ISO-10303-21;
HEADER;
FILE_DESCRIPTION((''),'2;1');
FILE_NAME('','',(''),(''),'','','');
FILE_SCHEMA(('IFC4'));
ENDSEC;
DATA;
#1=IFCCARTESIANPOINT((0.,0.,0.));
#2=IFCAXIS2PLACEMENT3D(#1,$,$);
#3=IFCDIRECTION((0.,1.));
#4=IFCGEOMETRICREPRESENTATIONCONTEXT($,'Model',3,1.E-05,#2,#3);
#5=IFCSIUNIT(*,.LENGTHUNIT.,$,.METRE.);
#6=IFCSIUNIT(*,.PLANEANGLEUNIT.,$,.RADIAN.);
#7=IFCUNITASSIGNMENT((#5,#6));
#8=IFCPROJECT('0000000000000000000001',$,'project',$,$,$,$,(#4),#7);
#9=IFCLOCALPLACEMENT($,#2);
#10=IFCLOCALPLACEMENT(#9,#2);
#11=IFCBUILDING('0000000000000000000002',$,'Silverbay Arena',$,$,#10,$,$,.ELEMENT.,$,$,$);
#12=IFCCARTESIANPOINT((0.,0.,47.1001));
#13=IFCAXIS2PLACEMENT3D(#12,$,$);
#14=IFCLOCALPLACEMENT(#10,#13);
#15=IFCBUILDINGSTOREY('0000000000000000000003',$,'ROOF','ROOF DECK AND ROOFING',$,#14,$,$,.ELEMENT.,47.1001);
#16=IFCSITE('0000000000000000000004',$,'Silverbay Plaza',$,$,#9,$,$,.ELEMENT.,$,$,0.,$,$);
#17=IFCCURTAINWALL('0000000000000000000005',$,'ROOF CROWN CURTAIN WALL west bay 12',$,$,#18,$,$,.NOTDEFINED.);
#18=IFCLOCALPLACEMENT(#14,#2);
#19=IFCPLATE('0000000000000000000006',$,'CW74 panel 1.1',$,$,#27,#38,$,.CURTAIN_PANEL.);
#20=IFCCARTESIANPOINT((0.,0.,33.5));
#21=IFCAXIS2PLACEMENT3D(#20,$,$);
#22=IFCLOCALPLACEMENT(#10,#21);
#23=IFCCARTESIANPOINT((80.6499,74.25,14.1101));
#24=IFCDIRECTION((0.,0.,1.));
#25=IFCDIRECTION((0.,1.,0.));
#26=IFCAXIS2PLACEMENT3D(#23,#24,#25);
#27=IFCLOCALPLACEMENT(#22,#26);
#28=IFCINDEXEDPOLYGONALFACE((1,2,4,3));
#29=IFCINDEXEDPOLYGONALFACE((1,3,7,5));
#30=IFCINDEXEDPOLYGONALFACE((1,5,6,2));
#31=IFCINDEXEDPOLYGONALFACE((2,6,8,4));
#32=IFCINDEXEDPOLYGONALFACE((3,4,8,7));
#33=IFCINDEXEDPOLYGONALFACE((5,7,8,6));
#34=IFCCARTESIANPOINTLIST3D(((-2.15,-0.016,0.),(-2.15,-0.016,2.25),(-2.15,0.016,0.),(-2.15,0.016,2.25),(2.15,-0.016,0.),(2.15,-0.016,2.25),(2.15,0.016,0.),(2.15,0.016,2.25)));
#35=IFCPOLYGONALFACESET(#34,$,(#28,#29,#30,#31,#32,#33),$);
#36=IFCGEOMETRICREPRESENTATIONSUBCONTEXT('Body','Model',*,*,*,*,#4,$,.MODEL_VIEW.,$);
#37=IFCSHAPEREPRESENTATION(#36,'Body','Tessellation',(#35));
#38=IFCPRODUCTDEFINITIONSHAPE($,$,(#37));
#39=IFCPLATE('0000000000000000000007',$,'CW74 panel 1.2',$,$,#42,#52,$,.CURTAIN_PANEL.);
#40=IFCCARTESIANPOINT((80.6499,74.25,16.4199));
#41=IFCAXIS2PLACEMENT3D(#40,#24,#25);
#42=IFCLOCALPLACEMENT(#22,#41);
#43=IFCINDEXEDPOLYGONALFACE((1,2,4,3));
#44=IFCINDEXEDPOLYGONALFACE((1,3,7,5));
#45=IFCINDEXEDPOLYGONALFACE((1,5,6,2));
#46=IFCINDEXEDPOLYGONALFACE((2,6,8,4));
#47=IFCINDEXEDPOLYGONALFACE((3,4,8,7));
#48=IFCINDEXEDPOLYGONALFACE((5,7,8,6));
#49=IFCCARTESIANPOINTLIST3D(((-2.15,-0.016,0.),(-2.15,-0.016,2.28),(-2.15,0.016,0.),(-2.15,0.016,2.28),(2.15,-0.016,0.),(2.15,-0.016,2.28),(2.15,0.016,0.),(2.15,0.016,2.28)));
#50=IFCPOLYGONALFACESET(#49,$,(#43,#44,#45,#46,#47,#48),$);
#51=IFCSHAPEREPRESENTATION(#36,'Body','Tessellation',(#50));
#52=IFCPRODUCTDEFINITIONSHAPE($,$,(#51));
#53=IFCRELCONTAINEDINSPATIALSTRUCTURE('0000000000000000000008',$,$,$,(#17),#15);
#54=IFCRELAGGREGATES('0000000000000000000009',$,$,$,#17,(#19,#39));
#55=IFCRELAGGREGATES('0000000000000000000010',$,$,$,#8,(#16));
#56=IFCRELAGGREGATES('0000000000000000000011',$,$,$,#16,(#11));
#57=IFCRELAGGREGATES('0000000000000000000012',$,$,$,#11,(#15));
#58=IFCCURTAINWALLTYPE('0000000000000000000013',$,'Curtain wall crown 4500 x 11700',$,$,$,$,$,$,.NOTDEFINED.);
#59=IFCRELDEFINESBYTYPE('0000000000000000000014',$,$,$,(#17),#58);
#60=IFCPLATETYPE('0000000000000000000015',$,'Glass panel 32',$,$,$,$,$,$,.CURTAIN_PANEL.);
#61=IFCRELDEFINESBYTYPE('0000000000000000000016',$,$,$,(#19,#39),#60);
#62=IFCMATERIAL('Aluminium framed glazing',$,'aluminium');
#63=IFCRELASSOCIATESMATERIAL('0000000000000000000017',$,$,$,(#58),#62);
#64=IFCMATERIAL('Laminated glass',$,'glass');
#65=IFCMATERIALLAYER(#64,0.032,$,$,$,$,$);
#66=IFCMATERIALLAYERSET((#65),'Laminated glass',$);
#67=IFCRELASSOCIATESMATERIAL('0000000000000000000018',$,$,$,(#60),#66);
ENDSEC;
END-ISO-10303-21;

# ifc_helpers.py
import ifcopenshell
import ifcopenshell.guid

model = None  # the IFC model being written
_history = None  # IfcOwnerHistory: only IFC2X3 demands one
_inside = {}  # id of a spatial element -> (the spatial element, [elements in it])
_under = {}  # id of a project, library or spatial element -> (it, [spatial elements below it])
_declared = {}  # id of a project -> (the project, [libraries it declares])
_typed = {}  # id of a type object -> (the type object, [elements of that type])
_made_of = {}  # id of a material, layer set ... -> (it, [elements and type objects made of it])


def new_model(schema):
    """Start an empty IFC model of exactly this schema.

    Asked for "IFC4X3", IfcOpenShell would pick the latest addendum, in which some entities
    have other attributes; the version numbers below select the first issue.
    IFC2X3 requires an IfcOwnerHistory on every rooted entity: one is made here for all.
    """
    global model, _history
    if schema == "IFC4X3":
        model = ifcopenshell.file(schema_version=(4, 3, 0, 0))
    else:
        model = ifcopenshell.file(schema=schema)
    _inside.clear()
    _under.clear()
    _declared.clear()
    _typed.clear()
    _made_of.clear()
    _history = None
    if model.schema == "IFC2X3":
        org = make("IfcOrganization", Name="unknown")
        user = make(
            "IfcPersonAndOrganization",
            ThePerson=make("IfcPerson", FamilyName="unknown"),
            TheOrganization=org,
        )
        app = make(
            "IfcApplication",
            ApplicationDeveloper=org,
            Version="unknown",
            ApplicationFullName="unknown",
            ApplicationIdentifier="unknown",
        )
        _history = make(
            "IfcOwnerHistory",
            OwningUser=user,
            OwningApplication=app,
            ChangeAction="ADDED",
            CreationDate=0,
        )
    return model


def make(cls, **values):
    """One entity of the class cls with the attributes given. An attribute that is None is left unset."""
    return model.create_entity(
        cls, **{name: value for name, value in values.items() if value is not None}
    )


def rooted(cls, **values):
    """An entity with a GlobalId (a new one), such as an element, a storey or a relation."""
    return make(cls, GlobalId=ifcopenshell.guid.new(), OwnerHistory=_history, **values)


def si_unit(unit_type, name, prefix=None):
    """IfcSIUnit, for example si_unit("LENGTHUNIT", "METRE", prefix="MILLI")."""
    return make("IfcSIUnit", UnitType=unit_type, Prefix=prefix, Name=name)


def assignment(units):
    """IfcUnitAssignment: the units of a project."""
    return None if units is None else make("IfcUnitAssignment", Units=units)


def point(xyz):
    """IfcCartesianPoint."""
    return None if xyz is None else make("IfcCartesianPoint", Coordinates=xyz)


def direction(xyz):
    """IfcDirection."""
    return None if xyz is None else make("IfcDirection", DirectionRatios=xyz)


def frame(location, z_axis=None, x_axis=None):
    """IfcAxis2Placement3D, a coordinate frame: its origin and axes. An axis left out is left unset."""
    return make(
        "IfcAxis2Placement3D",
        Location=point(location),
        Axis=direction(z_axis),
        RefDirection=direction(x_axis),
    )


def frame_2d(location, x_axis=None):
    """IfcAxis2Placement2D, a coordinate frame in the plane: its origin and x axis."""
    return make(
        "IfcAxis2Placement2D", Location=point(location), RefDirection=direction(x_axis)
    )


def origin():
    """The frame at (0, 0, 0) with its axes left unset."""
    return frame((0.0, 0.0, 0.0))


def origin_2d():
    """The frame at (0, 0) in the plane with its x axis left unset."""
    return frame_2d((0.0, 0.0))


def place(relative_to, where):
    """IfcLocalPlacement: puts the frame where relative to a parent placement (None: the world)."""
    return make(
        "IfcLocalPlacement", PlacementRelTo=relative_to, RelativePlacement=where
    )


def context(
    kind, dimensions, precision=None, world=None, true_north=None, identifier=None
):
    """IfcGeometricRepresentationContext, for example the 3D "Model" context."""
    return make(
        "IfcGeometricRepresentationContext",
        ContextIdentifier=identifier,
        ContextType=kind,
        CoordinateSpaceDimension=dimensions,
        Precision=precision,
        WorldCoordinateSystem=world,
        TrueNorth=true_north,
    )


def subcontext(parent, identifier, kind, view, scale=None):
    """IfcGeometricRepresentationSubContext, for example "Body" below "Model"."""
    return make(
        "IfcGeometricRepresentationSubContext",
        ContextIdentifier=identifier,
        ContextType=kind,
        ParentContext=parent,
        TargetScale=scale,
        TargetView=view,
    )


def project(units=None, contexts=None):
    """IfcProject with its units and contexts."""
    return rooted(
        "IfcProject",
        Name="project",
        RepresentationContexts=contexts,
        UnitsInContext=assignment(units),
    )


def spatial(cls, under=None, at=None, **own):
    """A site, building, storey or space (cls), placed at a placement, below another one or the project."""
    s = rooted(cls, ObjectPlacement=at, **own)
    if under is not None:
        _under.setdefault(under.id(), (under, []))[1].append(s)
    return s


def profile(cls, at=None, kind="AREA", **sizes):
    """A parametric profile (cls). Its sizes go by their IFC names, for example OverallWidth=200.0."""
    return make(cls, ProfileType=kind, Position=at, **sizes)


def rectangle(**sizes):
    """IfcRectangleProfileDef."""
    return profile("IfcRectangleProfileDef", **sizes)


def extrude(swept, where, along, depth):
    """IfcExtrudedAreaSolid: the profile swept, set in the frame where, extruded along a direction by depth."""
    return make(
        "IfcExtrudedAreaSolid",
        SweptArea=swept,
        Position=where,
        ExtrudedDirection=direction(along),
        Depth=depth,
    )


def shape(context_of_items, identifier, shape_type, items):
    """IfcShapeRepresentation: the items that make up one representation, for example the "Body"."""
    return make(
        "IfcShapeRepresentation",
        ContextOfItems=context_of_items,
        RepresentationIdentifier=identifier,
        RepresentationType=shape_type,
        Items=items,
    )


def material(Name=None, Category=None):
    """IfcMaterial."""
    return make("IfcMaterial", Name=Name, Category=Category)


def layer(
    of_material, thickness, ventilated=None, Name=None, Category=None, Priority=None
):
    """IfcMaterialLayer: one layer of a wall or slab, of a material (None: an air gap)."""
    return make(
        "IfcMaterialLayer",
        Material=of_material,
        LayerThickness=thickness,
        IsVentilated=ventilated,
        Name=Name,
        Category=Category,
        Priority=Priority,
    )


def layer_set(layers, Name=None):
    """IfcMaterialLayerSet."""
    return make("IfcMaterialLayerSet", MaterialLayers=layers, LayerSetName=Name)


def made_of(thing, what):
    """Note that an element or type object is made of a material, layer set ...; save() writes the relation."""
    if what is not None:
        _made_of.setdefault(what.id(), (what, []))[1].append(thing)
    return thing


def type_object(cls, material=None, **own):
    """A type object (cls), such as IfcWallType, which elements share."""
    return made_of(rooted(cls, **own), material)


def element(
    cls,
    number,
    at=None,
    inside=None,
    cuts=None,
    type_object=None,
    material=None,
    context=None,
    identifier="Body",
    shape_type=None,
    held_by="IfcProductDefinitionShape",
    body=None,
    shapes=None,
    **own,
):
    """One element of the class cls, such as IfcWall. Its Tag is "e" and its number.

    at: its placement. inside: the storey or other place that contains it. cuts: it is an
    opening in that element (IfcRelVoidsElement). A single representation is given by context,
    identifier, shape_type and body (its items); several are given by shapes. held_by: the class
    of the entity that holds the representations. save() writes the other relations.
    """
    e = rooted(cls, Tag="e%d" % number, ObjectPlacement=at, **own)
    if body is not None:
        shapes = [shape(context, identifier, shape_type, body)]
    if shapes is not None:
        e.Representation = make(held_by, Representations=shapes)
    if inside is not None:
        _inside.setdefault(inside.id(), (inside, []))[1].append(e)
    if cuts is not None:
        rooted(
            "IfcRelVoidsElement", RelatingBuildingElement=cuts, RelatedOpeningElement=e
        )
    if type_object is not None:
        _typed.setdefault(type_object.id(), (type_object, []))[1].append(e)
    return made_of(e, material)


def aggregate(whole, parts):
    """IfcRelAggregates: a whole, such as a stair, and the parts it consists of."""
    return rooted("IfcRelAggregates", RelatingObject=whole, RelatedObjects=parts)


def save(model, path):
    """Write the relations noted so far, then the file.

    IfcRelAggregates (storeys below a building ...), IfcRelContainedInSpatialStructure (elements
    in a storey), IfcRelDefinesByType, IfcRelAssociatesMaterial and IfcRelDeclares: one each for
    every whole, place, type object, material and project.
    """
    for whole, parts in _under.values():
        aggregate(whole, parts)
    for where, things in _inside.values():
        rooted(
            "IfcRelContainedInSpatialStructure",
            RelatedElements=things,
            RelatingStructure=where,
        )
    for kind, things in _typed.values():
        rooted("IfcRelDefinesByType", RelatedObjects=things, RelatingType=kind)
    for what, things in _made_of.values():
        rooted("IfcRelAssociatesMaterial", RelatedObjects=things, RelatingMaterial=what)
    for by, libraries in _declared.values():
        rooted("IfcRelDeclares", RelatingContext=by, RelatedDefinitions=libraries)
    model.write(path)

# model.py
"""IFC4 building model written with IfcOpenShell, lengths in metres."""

from ifc_helpers import new_model, si_unit, direction, frame, origin, origin_2d, place, context, subcontext, project, spatial, rectangle, extrude, material, layer, layer_set, type_object, element, aggregate, save


model = new_model("IFC4")

# Units and contexts
model_context = context("Model", 3, precision=1e-05, world=origin(), true_north=direction((0.0, 1.0)))
body_context = subcontext(model_context, "Body", "Model", "MODEL_VIEW")
ifc_project = project(units=[si_unit("LENGTHUNIT", "METRE"), si_unit("PLANEANGLEUNIT", "RADIAN")], contexts=[model_context])

# Site, building, storey
site_placement = place(None, origin())
site = spatial("IfcSite", under=ifc_project, at=site_placement, Name="Silverbay Plaza", CompositionType="ELEMENT", RefElevation=0.0)
building_placement = place(site_placement, origin())
building = spatial("IfcBuilding", under=site, at=building_placement, Name="Silverbay Arena", CompositionType="ELEMENT")
storey_placement = place(building_placement, frame((0.0, 0.0, 47.1001)))
storey = spatial("IfcBuildingStorey", under=building, at=storey_placement, Name="ROOF", Description="ROOF DECK AND ROOFING", CompositionType="ELEMENT", Elevation=47.1001)

# Curtain wall, plates
ifc_material_1 = material(Name="Aluminium framed glazing", Category="aluminium")
curtain_wall_type = type_object("IfcCurtainWallType", Name="Curtain wall crown 4500 x 11700", PredefinedType="NOTDEFINED", material=ifc_material_1)
curtain_wall_placement = place(storey_placement, origin())
curtain_wall = element("IfcCurtainWall", 1, at=curtain_wall_placement, inside=storey, type_object=curtain_wall_type, Name="ROOF CROWN CURTAIN WALL west bay 12", PredefinedType="NOTDEFINED")
placement = place(building_placement, frame((0.0, 0.0, 33.5)))
ifc_material_2 = material(Name="Laminated glass", Category="glass")
ifc_layer_1 = layer(ifc_material_2, 0.032)
ifc_layer_set_1 = layer_set([ifc_layer_1], Name="Laminated glass")
plate_type = type_object("IfcPlateType", Name="Glass panel 32", PredefinedType="CURTAIN_PANEL", material=ifc_layer_set_1)
plate_1_placement = place(placement, frame((80.6499, 74.25, 14.1101), z_axis=(0.0, 0.0, 1.0), x_axis=(0.0, 1.0, 0.0)))
plate_1 = element("IfcPlate", 2, at=plate_1_placement, type_object=plate_type, Name="CW74 panel 1.1", PredefinedType="CURTAIN_PANEL", context=body_context, shape_type="SweptSolid", body=[
    extrude(rectangle(XDim=4.3, YDim=0.032, at=origin_2d()), origin(), (0.0, 0.0, 1.0), 2.25),
])
plate_2_placement = place(placement, frame((80.6499, 74.25, 16.4199), z_axis=(0.0, 0.0, 1.0), x_axis=(0.0, 1.0, 0.0)))
plate_2 = element("IfcPlate", 3, at=plate_2_placement, type_object=plate_type, Name="CW74 panel 1.2", PredefinedType="CURTAIN_PANEL", context=body_context, shape_type="SweptSolid", body=[
    extrude(rectangle(XDim=4.3, YDim=0.032, at=origin_2d()), origin(), (0.0, 0.0, 1.0), 2.28),
])
aggregate(curtain_wall, [plate_1, plate_2])

save(model, "model.ifc")
